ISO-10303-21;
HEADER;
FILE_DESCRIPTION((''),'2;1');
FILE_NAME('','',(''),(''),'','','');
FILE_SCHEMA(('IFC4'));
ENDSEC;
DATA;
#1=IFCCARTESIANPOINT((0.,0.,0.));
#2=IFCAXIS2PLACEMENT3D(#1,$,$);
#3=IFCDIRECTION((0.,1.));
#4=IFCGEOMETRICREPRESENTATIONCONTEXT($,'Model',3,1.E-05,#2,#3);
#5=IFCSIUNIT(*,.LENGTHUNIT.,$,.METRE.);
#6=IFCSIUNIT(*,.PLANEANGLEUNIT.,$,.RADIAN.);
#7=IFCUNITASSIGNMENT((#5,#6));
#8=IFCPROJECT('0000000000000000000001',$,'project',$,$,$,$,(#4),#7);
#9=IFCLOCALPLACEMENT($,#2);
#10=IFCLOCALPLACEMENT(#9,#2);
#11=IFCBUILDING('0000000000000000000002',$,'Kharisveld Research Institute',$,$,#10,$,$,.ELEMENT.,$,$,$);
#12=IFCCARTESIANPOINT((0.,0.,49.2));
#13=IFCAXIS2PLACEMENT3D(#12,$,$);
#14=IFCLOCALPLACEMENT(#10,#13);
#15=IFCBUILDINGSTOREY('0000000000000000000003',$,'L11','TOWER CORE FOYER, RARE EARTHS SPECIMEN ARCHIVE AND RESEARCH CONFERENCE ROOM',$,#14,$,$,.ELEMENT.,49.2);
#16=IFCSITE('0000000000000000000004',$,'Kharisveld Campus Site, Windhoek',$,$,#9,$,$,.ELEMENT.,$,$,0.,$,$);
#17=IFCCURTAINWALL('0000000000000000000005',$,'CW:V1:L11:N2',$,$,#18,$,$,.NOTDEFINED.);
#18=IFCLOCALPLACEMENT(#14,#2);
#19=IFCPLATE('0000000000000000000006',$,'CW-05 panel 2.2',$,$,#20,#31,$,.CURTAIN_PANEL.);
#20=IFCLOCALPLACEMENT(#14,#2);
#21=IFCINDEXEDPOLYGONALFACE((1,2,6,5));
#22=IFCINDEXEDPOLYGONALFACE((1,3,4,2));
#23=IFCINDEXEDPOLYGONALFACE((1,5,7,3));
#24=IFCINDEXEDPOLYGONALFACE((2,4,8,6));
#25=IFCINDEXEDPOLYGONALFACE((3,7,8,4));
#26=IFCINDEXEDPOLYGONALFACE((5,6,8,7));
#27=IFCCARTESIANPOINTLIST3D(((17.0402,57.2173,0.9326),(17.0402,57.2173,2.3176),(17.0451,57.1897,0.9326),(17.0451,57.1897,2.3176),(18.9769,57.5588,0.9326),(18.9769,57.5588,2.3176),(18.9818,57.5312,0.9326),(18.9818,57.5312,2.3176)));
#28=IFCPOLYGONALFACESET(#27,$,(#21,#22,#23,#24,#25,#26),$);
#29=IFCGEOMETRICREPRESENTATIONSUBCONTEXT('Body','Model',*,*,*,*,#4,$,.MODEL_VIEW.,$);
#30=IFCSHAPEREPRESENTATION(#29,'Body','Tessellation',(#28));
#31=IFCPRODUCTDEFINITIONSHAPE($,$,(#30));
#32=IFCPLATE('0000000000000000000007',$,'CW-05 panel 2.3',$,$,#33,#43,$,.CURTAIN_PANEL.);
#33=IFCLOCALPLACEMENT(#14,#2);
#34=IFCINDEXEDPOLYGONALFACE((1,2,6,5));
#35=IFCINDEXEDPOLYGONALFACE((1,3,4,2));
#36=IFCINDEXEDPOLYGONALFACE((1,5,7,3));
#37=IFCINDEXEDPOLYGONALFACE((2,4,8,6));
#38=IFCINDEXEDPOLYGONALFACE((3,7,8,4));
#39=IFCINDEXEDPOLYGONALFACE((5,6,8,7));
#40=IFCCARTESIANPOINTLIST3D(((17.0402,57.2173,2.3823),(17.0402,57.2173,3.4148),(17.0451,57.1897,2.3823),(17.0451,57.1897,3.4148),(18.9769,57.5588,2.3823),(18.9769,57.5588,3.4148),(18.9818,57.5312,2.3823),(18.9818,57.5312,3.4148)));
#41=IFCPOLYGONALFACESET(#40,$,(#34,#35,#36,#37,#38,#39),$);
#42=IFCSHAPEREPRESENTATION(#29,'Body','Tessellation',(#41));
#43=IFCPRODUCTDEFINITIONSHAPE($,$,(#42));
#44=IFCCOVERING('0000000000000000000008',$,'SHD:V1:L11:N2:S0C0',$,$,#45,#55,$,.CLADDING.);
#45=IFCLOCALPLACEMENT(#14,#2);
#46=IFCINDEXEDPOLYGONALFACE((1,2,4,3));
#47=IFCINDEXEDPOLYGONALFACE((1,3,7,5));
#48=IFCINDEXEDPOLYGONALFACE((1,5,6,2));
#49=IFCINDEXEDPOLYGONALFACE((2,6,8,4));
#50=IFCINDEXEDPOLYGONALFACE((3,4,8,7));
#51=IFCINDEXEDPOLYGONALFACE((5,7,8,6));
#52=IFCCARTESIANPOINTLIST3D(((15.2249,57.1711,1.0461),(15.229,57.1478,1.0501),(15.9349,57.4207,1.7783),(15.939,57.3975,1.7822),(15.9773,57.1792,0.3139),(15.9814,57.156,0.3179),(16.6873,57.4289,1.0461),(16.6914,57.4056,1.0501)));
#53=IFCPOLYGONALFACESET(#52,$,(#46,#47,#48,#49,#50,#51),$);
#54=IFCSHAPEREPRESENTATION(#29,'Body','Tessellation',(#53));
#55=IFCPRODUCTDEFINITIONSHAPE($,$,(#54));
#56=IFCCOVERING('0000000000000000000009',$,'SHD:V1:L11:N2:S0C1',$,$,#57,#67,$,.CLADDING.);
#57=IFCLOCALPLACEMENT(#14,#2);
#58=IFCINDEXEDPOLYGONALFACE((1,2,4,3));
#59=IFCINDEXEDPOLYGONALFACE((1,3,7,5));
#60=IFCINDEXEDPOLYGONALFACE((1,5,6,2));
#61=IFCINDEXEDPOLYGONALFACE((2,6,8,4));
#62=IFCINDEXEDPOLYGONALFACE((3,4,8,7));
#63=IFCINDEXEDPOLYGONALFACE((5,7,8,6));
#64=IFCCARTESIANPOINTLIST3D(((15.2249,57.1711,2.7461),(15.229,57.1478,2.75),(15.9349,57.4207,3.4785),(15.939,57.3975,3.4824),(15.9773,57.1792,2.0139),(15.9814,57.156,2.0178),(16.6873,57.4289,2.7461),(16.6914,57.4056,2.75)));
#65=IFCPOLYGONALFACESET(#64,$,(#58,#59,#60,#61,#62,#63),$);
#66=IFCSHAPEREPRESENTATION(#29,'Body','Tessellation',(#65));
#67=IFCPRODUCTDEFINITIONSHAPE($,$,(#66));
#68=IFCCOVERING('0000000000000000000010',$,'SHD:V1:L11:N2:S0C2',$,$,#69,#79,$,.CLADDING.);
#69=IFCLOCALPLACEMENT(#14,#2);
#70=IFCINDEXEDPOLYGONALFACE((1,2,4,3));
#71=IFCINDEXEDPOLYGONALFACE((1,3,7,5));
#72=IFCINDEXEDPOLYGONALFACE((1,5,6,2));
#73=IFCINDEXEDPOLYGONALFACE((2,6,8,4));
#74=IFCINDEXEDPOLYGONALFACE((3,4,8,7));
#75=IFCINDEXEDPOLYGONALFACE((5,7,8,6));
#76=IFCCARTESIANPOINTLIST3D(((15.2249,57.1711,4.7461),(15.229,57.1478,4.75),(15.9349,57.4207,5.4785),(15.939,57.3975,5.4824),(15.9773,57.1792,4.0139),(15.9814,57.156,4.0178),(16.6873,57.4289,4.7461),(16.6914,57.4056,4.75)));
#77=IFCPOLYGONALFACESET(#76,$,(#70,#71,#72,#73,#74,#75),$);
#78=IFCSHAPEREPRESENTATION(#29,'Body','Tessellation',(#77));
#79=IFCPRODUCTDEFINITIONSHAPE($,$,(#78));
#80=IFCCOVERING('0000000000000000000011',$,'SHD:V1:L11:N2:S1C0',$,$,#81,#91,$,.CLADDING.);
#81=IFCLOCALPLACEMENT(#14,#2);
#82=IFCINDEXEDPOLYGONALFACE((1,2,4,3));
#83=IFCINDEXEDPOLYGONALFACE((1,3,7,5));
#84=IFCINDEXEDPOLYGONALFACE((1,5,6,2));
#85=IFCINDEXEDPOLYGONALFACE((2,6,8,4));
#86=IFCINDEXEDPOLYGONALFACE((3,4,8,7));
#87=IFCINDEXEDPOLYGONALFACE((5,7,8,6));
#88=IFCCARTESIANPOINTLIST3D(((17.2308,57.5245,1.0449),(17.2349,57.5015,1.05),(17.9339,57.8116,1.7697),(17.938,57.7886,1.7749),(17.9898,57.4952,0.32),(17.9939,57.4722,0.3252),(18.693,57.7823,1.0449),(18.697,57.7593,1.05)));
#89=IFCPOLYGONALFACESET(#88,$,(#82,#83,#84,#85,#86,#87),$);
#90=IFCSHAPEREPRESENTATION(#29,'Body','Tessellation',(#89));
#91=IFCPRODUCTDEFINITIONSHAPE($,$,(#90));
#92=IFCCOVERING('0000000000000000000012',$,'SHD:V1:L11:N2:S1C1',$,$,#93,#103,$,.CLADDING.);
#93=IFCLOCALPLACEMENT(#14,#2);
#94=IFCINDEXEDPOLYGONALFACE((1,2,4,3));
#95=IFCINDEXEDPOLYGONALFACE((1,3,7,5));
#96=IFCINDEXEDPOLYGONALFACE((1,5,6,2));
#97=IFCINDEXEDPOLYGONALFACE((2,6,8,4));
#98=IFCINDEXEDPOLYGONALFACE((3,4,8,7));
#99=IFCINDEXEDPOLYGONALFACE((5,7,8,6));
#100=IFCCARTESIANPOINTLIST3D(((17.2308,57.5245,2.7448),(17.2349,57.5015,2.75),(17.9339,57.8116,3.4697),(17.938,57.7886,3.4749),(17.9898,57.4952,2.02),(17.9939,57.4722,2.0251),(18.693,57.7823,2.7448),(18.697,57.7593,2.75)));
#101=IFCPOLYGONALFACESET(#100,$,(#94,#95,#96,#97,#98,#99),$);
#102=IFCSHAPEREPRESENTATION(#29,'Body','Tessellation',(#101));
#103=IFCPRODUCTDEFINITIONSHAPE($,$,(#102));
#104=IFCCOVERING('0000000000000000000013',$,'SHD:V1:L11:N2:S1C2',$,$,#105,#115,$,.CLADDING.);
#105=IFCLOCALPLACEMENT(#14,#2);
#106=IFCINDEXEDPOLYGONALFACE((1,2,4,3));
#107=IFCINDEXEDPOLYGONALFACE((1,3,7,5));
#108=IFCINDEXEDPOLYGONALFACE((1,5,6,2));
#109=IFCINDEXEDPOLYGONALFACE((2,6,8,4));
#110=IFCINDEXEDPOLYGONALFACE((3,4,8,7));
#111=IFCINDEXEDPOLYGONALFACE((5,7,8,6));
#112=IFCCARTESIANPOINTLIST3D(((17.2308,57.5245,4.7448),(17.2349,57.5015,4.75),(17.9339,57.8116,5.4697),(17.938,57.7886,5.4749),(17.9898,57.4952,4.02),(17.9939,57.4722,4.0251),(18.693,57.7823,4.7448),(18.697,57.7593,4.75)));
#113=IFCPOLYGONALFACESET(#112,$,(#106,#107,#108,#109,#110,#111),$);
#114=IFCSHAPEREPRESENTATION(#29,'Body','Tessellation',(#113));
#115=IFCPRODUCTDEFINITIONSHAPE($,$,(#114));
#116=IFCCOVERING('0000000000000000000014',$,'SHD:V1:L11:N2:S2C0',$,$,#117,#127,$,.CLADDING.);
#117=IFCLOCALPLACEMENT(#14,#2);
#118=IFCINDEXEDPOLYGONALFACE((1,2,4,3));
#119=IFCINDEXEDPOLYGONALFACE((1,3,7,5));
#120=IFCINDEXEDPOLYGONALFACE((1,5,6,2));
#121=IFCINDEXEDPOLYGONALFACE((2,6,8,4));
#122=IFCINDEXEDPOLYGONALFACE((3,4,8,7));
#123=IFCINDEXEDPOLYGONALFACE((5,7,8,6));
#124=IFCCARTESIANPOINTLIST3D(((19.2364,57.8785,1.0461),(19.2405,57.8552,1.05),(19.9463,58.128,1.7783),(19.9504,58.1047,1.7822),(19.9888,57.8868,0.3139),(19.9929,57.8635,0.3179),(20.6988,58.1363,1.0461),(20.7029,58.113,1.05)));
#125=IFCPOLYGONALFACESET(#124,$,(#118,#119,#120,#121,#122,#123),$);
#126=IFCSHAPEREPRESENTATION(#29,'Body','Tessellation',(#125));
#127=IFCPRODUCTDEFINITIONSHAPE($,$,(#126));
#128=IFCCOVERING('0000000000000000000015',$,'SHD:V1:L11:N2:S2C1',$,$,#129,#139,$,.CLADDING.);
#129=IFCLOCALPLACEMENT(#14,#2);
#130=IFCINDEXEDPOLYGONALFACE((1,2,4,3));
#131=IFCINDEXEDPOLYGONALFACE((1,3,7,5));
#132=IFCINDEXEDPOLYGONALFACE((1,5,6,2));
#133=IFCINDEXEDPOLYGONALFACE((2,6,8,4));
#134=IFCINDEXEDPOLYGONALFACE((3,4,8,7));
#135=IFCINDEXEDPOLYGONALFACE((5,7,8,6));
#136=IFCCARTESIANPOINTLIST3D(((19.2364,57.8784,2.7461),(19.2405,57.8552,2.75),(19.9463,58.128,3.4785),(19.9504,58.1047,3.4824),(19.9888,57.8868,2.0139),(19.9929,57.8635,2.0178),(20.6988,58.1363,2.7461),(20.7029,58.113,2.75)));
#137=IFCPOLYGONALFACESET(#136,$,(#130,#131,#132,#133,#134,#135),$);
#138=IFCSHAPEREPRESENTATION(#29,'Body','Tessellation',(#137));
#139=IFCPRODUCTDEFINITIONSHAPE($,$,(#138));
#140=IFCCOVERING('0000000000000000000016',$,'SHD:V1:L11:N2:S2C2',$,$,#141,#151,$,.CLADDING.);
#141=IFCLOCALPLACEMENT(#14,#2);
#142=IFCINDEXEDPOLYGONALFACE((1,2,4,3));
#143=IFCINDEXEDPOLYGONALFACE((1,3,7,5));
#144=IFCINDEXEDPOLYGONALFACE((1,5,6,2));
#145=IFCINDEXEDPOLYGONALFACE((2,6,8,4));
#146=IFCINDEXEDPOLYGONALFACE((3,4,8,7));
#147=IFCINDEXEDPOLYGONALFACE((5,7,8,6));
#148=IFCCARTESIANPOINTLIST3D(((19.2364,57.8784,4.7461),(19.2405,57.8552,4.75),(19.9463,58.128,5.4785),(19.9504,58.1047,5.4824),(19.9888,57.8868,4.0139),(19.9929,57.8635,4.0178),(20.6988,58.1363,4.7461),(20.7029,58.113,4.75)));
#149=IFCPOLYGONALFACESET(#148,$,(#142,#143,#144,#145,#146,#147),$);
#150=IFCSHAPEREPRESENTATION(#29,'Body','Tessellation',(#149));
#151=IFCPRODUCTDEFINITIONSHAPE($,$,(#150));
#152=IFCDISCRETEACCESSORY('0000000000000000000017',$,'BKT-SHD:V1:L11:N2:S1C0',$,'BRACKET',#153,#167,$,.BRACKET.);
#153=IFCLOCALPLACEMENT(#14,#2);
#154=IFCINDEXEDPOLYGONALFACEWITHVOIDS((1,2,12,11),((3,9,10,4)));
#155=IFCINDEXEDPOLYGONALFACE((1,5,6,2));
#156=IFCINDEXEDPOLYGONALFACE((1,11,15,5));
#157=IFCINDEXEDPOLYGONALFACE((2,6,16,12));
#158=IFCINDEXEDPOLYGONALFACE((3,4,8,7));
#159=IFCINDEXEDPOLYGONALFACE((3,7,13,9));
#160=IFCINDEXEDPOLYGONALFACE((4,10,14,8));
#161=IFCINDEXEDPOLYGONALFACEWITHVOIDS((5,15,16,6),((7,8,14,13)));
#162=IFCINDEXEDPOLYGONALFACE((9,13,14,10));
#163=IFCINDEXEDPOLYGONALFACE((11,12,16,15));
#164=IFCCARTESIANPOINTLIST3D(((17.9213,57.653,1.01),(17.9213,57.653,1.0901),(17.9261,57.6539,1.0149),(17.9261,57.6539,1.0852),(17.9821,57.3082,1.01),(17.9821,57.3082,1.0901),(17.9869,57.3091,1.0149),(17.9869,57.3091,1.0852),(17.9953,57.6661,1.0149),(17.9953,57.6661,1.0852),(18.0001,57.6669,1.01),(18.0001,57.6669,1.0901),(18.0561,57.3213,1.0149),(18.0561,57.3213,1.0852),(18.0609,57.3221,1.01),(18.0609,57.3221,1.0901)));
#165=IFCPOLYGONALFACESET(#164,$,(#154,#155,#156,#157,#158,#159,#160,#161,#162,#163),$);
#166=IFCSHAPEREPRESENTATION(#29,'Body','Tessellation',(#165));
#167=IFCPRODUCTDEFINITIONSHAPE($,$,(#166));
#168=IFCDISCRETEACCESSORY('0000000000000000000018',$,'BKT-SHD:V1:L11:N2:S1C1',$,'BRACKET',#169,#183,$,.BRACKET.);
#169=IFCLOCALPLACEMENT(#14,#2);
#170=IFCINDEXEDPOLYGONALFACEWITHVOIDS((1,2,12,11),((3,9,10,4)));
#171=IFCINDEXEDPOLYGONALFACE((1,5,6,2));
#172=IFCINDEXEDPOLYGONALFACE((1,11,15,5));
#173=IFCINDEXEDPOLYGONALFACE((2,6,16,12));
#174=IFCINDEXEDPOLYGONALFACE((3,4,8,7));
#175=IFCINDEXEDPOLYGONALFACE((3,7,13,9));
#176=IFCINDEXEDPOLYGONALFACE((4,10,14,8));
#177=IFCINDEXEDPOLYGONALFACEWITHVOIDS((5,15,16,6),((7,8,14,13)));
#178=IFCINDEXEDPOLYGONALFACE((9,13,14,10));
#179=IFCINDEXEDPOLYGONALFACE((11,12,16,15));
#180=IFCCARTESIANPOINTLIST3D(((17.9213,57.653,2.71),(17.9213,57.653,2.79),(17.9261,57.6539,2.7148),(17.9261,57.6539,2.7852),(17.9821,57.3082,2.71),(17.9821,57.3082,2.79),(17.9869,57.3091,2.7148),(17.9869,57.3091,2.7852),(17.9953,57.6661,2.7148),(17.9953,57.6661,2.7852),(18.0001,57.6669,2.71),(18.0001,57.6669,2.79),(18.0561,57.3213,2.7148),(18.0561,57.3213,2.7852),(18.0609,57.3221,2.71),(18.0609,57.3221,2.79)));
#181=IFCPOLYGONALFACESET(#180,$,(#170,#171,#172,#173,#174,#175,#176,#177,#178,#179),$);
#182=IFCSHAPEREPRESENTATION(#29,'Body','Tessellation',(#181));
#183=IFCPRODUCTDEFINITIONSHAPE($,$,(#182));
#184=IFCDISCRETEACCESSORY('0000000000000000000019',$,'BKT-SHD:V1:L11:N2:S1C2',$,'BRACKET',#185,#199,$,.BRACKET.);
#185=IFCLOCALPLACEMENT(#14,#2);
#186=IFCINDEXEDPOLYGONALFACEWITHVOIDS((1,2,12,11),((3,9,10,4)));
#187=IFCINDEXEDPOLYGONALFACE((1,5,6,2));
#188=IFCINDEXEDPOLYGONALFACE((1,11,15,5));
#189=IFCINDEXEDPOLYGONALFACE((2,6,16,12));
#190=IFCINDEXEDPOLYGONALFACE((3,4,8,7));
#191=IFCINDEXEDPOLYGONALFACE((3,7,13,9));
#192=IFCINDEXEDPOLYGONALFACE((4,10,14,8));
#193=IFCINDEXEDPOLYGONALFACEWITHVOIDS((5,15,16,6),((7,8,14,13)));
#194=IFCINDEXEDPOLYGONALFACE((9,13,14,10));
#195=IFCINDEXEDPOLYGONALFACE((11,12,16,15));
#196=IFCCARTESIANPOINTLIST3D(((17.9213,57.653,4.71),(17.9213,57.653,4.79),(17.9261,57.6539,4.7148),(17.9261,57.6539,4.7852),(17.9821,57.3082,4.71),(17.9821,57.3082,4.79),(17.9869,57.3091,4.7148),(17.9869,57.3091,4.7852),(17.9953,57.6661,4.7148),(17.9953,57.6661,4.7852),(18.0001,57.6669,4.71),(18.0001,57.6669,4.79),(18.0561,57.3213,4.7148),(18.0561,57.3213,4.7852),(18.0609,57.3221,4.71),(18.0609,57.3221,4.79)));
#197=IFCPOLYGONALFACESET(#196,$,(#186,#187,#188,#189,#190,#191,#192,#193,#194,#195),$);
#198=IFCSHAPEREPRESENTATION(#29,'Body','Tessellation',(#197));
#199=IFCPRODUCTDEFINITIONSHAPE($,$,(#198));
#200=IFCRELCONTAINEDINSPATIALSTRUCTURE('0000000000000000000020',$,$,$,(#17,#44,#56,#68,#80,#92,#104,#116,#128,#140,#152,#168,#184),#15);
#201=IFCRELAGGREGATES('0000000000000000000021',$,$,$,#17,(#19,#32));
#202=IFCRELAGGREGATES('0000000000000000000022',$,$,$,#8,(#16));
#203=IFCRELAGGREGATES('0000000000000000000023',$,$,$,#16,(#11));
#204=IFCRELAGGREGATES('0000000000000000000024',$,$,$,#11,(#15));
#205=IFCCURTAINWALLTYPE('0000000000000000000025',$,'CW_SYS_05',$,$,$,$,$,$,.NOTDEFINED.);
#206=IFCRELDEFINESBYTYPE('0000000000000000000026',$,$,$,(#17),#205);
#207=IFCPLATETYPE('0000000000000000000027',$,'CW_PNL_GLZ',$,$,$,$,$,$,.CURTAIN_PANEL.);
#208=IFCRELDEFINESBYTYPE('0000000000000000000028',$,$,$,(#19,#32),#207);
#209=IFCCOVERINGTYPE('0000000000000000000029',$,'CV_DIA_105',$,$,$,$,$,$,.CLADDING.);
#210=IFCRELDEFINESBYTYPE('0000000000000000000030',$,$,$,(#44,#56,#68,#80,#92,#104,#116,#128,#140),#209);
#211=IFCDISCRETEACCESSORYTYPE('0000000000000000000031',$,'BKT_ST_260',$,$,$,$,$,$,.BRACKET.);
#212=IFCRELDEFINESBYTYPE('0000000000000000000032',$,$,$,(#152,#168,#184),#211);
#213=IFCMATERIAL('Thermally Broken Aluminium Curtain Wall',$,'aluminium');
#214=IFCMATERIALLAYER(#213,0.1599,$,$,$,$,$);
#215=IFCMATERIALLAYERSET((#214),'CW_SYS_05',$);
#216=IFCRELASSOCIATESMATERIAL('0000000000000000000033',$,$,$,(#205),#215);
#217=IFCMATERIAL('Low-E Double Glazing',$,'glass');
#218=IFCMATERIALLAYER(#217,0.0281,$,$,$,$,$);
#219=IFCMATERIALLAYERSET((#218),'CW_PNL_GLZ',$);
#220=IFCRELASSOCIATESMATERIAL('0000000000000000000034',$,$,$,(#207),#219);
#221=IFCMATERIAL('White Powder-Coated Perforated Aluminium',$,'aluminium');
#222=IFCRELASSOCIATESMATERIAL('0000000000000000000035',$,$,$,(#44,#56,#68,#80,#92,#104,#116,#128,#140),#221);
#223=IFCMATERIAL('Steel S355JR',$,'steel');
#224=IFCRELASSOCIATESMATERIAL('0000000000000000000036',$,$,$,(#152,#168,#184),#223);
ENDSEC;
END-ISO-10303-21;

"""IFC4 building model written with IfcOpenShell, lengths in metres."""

from ifc_helpers import new_model, si_unit, direction, frame, origin, origin_2d, place, context, subcontext, project, spatial, polyline, rectangle, hollow_rectangle, outline, extrude, material, layer, layer_set, type_object, element, aggregate, save


model = new_model("IFC4")

# Units and contexts
model_context = context("Model", 3, precision=1e-05, world=origin(), true_north=direction((0.0, 1.0)))
body_context = subcontext(model_context, "Body", "Model", "MODEL_VIEW")
ifc_project = project(units=[si_unit("LENGTHUNIT", "METRE"), si_unit("PLANEANGLEUNIT", "RADIAN")], contexts=[model_context])

# Site, building, storey
site_placement = place(None, origin())
site = spatial("IfcSite", under=ifc_project, at=site_placement, Name="Kharisveld Campus Site, Windhoek", CompositionType="ELEMENT", RefElevation=0.0)
building_placement = place(site_placement, origin())
building = spatial("IfcBuilding", under=site, at=building_placement, Name="Kharisveld Research Institute", CompositionType="ELEMENT")
storey_placement = place(building_placement, frame((0.0, 0.0, 49.2)))
storey = spatial("IfcBuildingStorey", under=building, at=storey_placement, Name="L11", Description="TOWER CORE FOYER, RARE EARTHS SPECIMEN ARCHIVE AND RESEARCH CONFERENCE ROOM", CompositionType="ELEMENT", Elevation=49.2)

# Curtain wall, plates
ifc_material_1 = material(Name="Thermally Broken Aluminium Curtain Wall", Category="aluminium")
ifc_layer_1 = layer(ifc_material_1, 0.1599)
ifc_layer_set_1 = layer_set([ifc_layer_1], Name="CW_SYS_05")
curtain_wall_type = type_object("IfcCurtainWallType", Name="CW_SYS_05", PredefinedType="NOTDEFINED", material=ifc_layer_set_1)
curtain_wall_placement = place(storey_placement, origin())
curtain_wall = element("IfcCurtainWall", 1, at=curtain_wall_placement, inside=storey, type_object=curtain_wall_type, Name="CW:V1:L11:N2", PredefinedType="NOTDEFINED")
ifc_material_2 = material(Name="Low-E Double Glazing", Category="glass")
ifc_layer_2 = layer(ifc_material_2, 0.0281)
ifc_layer_set_2 = layer_set([ifc_layer_2], Name="CW_PNL_GLZ")
plate_type = type_object("IfcPlateType", Name="CW_PNL_GLZ", PredefinedType="CURTAIN_PANEL", material=ifc_layer_set_2)
plate_1_placement = place(storey_placement, frame((18.011, 57.3743, 0.9326), z_axis=(0.0, 0.0, 1.0), x_axis=(0.984808, 0.173648, 0.0)))
plate_1 = element("IfcPlate", 2, at=plate_1_placement, type_object=plate_type, Name="CW-05 panel 2.2", PredefinedType="CURTAIN_PANEL", context=body_context, shape_type="SweptSolid", body=[
    extrude(rectangle(XDim=1.9666, YDim=0.0281, at=origin_2d()), origin(), (0.0, 0.0, 1.0), 1.385),
])
plate_2_placement = place(storey_placement, frame((18.011, 57.3743, 2.3823), z_axis=(0.0, 0.0, 1.0), x_axis=(0.984808, 0.173648, 0.0)))
plate_2 = element("IfcPlate", 3, at=plate_2_placement, type_object=plate_type, Name="CW-05 panel 2.3", PredefinedType="CURTAIN_PANEL", context=body_context, shape_type="SweptSolid", body=[
    extrude(rectangle(XDim=1.9666, YDim=0.0281, at=origin_2d()), origin(), (0.0, 0.0, 1.0), 1.0325),
])
aggregate(curtain_wall, [plate_1, plate_2])

# Coverings
ifc_material_3 = material(Name="White Powder-Coated Perforated Aluminium", Category="aluminium")
covering_type = type_object("IfcCoveringType", Name="CV_DIA_105", PredefinedType="CLADDING")
covering_1_placement = place(storey_placement, frame((15.9814, 57.156, 0.3179), z_axis=(0.171233, -0.971295, 0.165123), x_axis=(0.676171, 0.237752, 0.697329)))
element("IfcCovering", 4, at=covering_1_placement, inside=storey, type_object=covering_type, material=ifc_material_3, Name="SHD:V1:L11:N2:S0C0", PredefinedType="CLADDING", context=body_context, shape_type="SweptSolid", body=[
    extrude(outline(polyline([(0.0, 0.0), (1.05, 0.0), (1.0498, 1.0499), (-0.0001, 1.0499), (0.0, 0.0)])), origin(), (0.0, 0.0, -1.0), 0.0239),
])
for number, where, z_axis, x_axis, name in (
    (5, (15.9814, 57.156, 2.0178), (0.171234, -0.971299, 0.165096), (0.676174, 0.237734, 0.697332), "SHD:V1:L11:N2:S0C1"),
    (6, (15.9814, 57.156, 4.0178), (0.171234, -0.971299, 0.165096), (0.676174, 0.237734, 0.697332), "SHD:V1:L11:N2:S0C2"),
):
    element("IfcCovering", number, at=place(storey_placement, frame(where, z_axis=z_axis, x_axis=x_axis)), inside=storey, type_object=covering_type, material=ifc_material_3, Name=name, PredefinedType="CLADDING", context=body_context, shape_type="SweptSolid", body=[
        extrude(outline(polyline([(0.0, 0.0), (1.05, 0.0), (1.05, 1.0501), (-0.0001, 1.0499), (0.0, 0.0)])), origin(), (0.0, 0.0, -1.0), 0.0239),
    ])
for number, where, z_axis, x_axis, name in (
    (7, (17.9939, 57.4722, 0.3252), (0.169531, -0.961476, 0.216385), (0.669725, 0.273471, 0.690421), "SHD:V1:L11:N2:S1C0"),
    (8, (17.9939, 57.4722, 2.0251), (0.169531, -0.961476, 0.216385), (0.669725, 0.273471, 0.690421), "SHD:V1:L11:N2:S1C1"),
    (9, (17.9939, 57.4722, 4.0251), (0.169531, -0.961476, 0.216385), (0.669725, 0.273471, 0.690421), "SHD:V1:L11:N2:S1C2"),
):
    element("IfcCovering", number, at=place(storey_placement, frame(where, z_axis=z_axis, x_axis=x_axis)), inside=storey, type_object=covering_type, material=ifc_material_3, Name=name, PredefinedType="CLADDING", context=body_context, shape_type="SweptSolid", body=[
        extrude(outline(polyline([(0.0, 0.0), (1.0499, 0.0), (1.05, 1.05), (0.0001, 1.05), (0.0, 0.0)])), origin(), (0.0, 0.0, -1.0), 0.0239),
    ])
covering_2_placement = place(storey_placement, frame((19.9929, 57.8635, 0.3179), z_axis=(0.171238, -0.971321, 0.164965), x_axis=(0.676189, 0.237643, 0.697349)))
element("IfcCovering", 10, at=covering_2_placement, inside=storey, type_object=covering_type, material=ifc_material_3, Name="SHD:V1:L11:N2:S2C0", PredefinedType="CLADDING", context=body_context, shape_type="SweptSolid", body=[
    extrude(outline(polyline([(0.0, 0.0), (1.0499, 0.0), (1.0498, 1.0499), (-0.0002, 1.0499), (0.0, 0.0)])), origin(), (0.0, 0.0, -1.0), 0.0239),
])
for number, where, z_axis, x_axis, name in (
    (11, (19.9929, 57.8635, 2.0178), (0.171239, -0.971325, 0.164938), (0.676192, 0.237624, 0.697352), "SHD:V1:L11:N2:S2C1"),
    (12, (19.9929, 57.8635, 4.0178), (0.171239, -0.971325, 0.164938), (0.676192, 0.237624, 0.697352), "SHD:V1:L11:N2:S2C2"),
):
    element("IfcCovering", number, at=place(storey_placement, frame(where, z_axis=z_axis, x_axis=x_axis)), inside=storey, type_object=covering_type, material=ifc_material_3, Name=name, PredefinedType="CLADDING", context=body_context, shape_type="SweptSolid", body=[
        extrude(outline(polyline([(0.0, 0.0), (1.0499, 0.0), (1.0499, 1.0501), (-0.0002, 1.0499), (0.0, 0.0)])), origin(), (0.0, 0.0, -1.0), 0.0239),
    ])

# Discrete accessories
ifc_material_4 = material(Name="Steel S355JR", Category="steel")
discrete_accessory_type = type_object("IfcDiscreteAccessoryType", Name="BKT_ST_260", PredefinedType="BRACKET")
for number, where, z_axis, x_axis, name in (
    (13, (18.0215, 57.3152, 1.05), (-0.173666, 0.984805, 0.0), (-0.984805, -0.173666, 0.0), "BKT-SHD:V1:L11:N2:S1C0"),
    (14, (18.0215, 57.3152, 2.75), (-0.173666, 0.984805, 0.0), (-0.984805, -0.173666, 0.0), "BKT-SHD:V1:L11:N2:S1C1"),
    (15, (18.0215, 57.3152, 4.75), (-0.173666, 0.984805, 0.0), (-0.984805, -0.173666, 0.0), "BKT-SHD:V1:L11:N2:S1C2"),
):
    element("IfcDiscreteAccessory", number, at=place(storey_placement, frame(where, z_axis=z_axis, x_axis=x_axis)), inside=storey, type_object=discrete_accessory_type, material=ifc_material_4, Name=name, ObjectType="BRACKET", PredefinedType="BRACKET", context=body_context, shape_type="SweptSolid", body=[
        extrude(hollow_rectangle(XDim=0.0801, YDim=0.0801, WallThickness=0.0049, at=origin_2d()), origin(), (0.0, 0.0, 1.0), 0.3501),
    ])

save(model, "model.ifc")
